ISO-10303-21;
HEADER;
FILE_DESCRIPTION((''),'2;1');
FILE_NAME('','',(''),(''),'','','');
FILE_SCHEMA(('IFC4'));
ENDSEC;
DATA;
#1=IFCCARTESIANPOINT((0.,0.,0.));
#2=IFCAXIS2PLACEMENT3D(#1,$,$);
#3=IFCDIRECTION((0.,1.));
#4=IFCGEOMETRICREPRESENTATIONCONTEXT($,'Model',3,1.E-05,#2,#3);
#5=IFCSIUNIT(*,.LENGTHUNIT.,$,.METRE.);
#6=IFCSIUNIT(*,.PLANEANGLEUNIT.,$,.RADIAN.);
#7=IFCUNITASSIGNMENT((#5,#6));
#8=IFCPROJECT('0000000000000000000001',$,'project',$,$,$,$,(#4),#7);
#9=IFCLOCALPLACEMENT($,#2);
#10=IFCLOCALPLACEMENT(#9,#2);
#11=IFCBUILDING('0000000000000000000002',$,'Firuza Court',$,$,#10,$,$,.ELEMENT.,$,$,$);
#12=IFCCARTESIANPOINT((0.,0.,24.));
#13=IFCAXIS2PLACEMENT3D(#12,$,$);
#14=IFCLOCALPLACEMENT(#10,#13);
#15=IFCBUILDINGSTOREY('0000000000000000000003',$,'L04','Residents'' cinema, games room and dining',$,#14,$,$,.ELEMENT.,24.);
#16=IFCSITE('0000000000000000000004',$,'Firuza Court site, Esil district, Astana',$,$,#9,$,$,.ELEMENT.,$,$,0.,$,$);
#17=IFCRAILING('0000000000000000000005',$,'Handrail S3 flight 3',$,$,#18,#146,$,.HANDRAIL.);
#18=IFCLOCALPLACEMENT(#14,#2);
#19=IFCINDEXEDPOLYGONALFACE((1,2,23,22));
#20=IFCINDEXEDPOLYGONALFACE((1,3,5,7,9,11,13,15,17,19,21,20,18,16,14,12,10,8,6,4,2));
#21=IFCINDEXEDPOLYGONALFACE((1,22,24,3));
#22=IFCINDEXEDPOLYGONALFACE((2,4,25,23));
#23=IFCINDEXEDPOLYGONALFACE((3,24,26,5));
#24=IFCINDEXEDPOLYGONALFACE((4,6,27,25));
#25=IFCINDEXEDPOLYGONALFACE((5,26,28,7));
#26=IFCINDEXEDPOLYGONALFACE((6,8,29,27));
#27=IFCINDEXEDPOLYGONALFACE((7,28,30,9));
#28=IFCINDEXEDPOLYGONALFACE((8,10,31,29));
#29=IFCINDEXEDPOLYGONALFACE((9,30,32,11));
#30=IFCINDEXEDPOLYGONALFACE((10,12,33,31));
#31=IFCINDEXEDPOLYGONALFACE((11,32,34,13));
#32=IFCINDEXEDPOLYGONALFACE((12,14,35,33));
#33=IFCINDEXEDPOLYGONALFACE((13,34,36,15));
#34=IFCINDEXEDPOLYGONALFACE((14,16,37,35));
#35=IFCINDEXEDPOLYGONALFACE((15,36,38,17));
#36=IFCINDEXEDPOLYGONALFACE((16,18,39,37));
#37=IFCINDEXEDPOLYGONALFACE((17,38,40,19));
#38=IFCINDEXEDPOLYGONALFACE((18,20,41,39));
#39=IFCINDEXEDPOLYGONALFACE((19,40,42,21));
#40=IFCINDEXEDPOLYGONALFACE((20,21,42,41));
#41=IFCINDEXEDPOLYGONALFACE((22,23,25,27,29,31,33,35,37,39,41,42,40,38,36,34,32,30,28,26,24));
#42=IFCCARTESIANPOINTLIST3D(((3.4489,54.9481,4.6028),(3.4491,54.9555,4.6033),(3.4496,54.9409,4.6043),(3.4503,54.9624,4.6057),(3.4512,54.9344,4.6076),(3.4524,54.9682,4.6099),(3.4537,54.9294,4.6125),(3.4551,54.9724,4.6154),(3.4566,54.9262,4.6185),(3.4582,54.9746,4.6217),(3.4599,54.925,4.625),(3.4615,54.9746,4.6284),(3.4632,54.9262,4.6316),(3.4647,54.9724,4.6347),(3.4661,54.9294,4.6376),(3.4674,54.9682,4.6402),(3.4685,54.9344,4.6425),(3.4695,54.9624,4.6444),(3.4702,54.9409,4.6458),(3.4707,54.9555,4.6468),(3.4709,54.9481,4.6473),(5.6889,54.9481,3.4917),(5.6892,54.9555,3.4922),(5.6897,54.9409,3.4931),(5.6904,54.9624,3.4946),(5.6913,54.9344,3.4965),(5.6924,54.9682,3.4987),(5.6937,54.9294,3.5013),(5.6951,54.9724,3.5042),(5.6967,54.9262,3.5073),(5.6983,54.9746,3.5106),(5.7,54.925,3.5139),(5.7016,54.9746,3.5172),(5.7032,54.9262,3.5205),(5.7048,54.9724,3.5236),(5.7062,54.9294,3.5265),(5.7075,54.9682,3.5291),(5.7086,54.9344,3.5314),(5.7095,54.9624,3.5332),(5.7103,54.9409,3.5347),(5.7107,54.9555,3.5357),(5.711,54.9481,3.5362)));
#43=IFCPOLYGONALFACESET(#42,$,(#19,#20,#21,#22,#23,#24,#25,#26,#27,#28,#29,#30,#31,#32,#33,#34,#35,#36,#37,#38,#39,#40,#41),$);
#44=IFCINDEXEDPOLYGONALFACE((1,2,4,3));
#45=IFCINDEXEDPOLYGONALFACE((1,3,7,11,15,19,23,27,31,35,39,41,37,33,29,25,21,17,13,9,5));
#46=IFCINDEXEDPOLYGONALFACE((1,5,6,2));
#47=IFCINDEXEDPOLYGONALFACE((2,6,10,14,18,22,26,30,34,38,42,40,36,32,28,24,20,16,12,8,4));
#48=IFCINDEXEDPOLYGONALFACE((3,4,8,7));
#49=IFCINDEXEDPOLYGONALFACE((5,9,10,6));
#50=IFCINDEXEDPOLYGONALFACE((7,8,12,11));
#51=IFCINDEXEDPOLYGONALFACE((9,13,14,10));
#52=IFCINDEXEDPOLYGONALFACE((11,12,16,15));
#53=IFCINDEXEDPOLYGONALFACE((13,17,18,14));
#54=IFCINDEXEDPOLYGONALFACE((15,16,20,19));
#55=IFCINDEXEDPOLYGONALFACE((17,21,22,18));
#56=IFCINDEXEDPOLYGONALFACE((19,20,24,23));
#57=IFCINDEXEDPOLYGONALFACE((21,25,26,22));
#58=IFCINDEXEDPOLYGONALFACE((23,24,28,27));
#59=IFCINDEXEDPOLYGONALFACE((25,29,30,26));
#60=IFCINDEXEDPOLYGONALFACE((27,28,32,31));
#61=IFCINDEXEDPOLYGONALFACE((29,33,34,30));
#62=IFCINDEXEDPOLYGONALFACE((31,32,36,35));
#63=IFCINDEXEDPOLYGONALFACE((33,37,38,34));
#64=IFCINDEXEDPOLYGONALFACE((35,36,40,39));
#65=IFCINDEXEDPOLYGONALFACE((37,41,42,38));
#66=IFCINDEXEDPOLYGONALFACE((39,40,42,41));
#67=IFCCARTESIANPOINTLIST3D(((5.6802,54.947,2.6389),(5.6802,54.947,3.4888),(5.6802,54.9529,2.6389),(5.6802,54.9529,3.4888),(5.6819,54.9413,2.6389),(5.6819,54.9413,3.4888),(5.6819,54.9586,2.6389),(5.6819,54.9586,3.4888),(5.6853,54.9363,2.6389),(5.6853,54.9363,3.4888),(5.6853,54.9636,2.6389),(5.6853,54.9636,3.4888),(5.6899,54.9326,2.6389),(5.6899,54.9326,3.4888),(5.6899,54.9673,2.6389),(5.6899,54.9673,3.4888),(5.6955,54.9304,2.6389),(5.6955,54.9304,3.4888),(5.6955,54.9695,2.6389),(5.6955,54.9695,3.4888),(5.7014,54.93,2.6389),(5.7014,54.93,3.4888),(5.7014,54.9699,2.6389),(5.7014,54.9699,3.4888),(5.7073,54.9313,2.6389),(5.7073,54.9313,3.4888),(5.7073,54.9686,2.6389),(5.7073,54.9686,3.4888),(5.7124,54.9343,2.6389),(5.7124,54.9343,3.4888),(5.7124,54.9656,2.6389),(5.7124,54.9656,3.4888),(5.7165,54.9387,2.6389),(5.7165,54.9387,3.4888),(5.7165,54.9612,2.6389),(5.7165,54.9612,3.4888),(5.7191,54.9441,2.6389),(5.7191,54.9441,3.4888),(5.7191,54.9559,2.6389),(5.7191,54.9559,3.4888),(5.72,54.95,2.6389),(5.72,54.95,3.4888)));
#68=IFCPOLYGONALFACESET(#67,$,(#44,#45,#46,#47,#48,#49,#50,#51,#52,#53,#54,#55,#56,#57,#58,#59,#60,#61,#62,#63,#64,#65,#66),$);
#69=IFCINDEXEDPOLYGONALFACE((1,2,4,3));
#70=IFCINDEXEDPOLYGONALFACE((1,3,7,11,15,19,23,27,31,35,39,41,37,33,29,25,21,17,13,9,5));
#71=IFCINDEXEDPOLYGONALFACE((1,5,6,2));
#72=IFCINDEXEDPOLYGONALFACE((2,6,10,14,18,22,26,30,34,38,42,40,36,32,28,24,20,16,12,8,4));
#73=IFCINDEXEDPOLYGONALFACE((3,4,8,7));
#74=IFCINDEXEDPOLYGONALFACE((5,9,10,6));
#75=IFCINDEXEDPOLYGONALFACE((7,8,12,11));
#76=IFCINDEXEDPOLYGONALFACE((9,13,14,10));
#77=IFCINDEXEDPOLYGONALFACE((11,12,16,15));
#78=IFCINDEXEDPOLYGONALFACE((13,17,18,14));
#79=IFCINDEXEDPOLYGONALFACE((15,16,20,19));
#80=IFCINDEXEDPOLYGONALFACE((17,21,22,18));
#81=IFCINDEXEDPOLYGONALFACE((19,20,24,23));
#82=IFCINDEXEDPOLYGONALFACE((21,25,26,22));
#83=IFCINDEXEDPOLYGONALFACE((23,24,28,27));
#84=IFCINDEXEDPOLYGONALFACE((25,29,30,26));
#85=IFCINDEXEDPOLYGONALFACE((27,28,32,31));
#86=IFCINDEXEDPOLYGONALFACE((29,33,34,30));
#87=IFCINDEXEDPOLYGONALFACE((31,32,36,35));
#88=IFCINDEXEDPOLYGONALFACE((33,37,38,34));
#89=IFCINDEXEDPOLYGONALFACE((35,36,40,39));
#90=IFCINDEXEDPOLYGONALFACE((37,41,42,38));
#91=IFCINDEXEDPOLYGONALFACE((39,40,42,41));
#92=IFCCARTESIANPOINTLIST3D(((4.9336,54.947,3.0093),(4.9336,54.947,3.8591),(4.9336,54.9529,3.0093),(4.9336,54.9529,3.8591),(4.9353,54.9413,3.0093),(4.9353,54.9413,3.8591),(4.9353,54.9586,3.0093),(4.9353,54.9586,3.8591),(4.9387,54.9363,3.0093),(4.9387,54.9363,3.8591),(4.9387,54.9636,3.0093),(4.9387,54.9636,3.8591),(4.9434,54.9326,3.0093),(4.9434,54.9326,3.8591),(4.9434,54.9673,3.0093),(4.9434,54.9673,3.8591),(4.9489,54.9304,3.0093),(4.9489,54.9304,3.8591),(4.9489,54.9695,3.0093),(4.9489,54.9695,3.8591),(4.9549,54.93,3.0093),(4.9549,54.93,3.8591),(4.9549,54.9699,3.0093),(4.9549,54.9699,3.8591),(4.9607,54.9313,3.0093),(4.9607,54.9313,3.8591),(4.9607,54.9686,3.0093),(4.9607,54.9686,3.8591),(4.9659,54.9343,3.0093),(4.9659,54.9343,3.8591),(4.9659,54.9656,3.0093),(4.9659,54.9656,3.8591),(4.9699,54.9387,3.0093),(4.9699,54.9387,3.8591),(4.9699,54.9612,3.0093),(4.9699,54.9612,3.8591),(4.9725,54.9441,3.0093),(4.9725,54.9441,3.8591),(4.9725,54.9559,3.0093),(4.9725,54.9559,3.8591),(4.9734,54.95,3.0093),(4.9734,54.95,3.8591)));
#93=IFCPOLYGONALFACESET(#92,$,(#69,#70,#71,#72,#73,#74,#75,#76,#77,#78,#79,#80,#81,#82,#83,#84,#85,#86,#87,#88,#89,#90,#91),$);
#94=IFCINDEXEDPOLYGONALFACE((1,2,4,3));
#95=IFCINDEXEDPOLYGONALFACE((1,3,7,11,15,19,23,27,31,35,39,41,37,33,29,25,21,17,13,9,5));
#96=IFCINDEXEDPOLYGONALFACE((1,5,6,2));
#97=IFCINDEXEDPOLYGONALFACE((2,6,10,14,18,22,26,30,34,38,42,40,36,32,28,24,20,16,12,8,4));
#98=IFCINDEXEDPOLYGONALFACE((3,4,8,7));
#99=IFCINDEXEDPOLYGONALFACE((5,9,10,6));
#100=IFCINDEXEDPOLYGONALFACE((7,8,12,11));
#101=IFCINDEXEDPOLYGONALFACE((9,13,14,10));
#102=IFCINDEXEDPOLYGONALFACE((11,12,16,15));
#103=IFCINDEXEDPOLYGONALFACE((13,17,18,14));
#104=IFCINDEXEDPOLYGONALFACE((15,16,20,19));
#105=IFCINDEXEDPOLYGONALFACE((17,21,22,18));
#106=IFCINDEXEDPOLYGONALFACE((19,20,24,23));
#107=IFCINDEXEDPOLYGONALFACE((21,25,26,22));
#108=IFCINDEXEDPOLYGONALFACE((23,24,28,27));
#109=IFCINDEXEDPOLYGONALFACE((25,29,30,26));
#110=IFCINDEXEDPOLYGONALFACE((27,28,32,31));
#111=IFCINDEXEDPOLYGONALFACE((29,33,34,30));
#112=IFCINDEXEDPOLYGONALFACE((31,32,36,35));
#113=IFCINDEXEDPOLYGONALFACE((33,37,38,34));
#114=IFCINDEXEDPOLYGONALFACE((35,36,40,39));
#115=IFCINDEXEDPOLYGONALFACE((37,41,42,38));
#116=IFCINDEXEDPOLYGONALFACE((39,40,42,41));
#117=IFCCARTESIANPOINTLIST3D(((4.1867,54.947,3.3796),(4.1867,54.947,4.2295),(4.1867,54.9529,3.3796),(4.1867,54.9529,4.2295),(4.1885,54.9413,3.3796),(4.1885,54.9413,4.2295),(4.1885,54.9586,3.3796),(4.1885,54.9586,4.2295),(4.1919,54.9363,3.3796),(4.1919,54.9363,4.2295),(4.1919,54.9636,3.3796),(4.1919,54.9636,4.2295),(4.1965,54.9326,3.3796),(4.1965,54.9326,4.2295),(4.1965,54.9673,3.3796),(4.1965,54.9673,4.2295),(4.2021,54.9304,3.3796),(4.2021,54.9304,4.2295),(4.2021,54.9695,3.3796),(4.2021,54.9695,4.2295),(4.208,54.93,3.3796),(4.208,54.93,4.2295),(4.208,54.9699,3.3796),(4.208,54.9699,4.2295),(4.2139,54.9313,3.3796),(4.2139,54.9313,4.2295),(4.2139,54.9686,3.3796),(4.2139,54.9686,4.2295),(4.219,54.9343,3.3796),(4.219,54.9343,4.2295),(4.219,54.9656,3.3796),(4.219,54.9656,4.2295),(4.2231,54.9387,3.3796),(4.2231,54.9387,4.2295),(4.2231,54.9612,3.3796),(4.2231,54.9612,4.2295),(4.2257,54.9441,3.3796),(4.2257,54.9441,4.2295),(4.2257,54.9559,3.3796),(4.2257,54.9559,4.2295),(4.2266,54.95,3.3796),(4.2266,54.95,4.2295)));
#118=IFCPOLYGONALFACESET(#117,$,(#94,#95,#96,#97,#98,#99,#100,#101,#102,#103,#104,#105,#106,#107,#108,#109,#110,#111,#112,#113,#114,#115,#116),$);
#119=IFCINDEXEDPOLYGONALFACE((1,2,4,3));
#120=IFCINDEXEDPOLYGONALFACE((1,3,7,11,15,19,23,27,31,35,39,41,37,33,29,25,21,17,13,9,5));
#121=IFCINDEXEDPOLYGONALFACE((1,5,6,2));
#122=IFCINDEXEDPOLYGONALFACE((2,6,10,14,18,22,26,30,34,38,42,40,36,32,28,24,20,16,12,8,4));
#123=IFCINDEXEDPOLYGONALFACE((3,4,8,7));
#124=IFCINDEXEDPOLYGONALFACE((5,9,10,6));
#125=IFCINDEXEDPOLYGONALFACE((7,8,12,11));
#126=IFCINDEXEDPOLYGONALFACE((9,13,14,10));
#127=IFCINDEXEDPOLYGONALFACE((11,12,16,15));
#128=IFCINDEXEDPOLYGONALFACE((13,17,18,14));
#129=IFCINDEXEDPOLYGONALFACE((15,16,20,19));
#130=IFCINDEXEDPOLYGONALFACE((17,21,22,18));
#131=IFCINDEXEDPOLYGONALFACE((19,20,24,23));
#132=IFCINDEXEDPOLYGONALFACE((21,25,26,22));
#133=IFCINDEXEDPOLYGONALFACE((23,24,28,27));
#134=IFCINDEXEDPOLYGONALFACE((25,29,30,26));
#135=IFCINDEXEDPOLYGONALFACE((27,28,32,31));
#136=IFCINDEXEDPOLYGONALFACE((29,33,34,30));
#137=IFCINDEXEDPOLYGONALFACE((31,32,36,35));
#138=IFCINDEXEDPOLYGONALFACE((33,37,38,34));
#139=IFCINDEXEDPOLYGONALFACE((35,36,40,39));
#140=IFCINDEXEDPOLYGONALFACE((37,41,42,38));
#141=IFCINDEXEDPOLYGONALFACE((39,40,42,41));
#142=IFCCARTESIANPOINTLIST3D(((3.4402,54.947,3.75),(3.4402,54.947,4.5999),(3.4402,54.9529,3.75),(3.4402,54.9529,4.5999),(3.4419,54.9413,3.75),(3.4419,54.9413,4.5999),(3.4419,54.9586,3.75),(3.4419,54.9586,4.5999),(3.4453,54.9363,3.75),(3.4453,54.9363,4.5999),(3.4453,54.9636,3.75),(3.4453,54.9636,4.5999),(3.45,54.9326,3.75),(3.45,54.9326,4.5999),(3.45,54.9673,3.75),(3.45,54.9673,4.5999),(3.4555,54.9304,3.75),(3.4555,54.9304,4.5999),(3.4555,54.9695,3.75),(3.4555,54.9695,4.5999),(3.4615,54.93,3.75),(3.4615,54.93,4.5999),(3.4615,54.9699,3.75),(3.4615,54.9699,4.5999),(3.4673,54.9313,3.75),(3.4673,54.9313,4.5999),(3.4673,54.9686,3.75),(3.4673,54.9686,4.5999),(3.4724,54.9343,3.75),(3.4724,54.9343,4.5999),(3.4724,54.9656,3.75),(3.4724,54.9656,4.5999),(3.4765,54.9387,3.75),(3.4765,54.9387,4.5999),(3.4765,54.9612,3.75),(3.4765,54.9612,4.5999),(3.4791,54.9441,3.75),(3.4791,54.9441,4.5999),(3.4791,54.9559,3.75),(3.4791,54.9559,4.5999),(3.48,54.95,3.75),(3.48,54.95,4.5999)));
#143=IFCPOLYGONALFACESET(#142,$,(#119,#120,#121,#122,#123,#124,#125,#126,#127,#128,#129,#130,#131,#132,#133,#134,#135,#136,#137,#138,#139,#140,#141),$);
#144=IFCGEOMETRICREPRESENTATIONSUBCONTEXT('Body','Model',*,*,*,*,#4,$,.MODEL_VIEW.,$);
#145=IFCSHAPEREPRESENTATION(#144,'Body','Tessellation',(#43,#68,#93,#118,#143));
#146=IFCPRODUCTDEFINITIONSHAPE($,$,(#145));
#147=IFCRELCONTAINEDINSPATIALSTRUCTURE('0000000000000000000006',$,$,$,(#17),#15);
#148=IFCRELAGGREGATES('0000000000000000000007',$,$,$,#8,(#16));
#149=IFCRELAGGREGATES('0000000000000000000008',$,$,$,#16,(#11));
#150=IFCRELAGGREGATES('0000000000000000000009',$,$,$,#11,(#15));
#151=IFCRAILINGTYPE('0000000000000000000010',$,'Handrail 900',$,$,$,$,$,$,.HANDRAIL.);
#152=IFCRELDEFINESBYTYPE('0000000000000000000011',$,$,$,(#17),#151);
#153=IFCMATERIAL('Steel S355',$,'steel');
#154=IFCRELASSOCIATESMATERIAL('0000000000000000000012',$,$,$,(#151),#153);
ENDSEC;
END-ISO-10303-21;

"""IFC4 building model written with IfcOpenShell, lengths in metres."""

from ifc_helpers import new_model, si_unit, direction, frame, origin, origin_2d, place, context, subcontext, project, spatial, circle, extrude, material, type_object, element, save


model = new_model("IFC4")

# Units and contexts
model_context = context("Model", 3, precision=1e-05, world=origin(), true_north=direction((0.0, 1.0)))
body_context = subcontext(model_context, "Body", "Model", "MODEL_VIEW")
ifc_project = project(units=[si_unit("LENGTHUNIT", "METRE"), si_unit("PLANEANGLEUNIT", "RADIAN")], contexts=[model_context])

# Site, building, storey
site_placement = place(None, origin())
site = spatial("IfcSite", under=ifc_project, at=site_placement, Name="Firuza Court site, Esil district, Astana", CompositionType="ELEMENT", RefElevation=0.0)
building_placement = place(site_placement, origin())
building = spatial("IfcBuilding", under=site, at=building_placement, Name="Firuza Court", CompositionType="ELEMENT")
storey_placement = place(building_placement, frame((0.0, 0.0, 24.0)))
storey = spatial("IfcBuildingStorey", under=building, at=storey_placement, Name="L04", Description="Residents' cinema, games room and dining", CompositionType="ELEMENT", Elevation=24.0)

# Railing
ifc_material_1 = material(Name="Steel S355", Category="steel")
railing_type_1 = type_object("IfcRailingType", Name="Handrail 900", PredefinedType="HANDRAIL", material=ifc_material_1)
railing_1_placement = place(storey_placement, frame((5.7, 54.95, 2.6389)))
element("IfcRailing", 1, at=railing_1_placement, inside=storey, type_object=railing_type_1, Name="Handrail S3 flight 3", PredefinedType="HANDRAIL", context=body_context, shape_type="SweptSolid", body=[
    extrude(circle(Radius=0.0249, at=origin_2d()), frame((0.0, 0.0, 0.875), z_axis=(-0.895848, 0.0, 0.44436), x_axis=(0.0, -1.0, 0.0)), (0.0, 0.0, 1.0), 2.5005),
    extrude(circle(Radius=0.02, at=origin_2d()), origin(), (0.0, 0.0, 1.0), 0.8499),
    extrude(circle(Radius=0.02, at=origin_2d()), frame((-0.7466, 0.0, 0.3704)), (0.0, 0.0, 1.0), 0.8499),
    extrude(circle(Radius=0.02, at=origin_2d()), frame((-1.4934, 0.0, 0.7407)), (0.0, 0.0, 1.0), 0.8499),
    extrude(circle(Radius=0.02, at=origin_2d()), frame((-2.24, 0.0, 1.1111)), (0.0, 0.0, 1.0), 0.8499),
])

save(model, "model.ifc")
